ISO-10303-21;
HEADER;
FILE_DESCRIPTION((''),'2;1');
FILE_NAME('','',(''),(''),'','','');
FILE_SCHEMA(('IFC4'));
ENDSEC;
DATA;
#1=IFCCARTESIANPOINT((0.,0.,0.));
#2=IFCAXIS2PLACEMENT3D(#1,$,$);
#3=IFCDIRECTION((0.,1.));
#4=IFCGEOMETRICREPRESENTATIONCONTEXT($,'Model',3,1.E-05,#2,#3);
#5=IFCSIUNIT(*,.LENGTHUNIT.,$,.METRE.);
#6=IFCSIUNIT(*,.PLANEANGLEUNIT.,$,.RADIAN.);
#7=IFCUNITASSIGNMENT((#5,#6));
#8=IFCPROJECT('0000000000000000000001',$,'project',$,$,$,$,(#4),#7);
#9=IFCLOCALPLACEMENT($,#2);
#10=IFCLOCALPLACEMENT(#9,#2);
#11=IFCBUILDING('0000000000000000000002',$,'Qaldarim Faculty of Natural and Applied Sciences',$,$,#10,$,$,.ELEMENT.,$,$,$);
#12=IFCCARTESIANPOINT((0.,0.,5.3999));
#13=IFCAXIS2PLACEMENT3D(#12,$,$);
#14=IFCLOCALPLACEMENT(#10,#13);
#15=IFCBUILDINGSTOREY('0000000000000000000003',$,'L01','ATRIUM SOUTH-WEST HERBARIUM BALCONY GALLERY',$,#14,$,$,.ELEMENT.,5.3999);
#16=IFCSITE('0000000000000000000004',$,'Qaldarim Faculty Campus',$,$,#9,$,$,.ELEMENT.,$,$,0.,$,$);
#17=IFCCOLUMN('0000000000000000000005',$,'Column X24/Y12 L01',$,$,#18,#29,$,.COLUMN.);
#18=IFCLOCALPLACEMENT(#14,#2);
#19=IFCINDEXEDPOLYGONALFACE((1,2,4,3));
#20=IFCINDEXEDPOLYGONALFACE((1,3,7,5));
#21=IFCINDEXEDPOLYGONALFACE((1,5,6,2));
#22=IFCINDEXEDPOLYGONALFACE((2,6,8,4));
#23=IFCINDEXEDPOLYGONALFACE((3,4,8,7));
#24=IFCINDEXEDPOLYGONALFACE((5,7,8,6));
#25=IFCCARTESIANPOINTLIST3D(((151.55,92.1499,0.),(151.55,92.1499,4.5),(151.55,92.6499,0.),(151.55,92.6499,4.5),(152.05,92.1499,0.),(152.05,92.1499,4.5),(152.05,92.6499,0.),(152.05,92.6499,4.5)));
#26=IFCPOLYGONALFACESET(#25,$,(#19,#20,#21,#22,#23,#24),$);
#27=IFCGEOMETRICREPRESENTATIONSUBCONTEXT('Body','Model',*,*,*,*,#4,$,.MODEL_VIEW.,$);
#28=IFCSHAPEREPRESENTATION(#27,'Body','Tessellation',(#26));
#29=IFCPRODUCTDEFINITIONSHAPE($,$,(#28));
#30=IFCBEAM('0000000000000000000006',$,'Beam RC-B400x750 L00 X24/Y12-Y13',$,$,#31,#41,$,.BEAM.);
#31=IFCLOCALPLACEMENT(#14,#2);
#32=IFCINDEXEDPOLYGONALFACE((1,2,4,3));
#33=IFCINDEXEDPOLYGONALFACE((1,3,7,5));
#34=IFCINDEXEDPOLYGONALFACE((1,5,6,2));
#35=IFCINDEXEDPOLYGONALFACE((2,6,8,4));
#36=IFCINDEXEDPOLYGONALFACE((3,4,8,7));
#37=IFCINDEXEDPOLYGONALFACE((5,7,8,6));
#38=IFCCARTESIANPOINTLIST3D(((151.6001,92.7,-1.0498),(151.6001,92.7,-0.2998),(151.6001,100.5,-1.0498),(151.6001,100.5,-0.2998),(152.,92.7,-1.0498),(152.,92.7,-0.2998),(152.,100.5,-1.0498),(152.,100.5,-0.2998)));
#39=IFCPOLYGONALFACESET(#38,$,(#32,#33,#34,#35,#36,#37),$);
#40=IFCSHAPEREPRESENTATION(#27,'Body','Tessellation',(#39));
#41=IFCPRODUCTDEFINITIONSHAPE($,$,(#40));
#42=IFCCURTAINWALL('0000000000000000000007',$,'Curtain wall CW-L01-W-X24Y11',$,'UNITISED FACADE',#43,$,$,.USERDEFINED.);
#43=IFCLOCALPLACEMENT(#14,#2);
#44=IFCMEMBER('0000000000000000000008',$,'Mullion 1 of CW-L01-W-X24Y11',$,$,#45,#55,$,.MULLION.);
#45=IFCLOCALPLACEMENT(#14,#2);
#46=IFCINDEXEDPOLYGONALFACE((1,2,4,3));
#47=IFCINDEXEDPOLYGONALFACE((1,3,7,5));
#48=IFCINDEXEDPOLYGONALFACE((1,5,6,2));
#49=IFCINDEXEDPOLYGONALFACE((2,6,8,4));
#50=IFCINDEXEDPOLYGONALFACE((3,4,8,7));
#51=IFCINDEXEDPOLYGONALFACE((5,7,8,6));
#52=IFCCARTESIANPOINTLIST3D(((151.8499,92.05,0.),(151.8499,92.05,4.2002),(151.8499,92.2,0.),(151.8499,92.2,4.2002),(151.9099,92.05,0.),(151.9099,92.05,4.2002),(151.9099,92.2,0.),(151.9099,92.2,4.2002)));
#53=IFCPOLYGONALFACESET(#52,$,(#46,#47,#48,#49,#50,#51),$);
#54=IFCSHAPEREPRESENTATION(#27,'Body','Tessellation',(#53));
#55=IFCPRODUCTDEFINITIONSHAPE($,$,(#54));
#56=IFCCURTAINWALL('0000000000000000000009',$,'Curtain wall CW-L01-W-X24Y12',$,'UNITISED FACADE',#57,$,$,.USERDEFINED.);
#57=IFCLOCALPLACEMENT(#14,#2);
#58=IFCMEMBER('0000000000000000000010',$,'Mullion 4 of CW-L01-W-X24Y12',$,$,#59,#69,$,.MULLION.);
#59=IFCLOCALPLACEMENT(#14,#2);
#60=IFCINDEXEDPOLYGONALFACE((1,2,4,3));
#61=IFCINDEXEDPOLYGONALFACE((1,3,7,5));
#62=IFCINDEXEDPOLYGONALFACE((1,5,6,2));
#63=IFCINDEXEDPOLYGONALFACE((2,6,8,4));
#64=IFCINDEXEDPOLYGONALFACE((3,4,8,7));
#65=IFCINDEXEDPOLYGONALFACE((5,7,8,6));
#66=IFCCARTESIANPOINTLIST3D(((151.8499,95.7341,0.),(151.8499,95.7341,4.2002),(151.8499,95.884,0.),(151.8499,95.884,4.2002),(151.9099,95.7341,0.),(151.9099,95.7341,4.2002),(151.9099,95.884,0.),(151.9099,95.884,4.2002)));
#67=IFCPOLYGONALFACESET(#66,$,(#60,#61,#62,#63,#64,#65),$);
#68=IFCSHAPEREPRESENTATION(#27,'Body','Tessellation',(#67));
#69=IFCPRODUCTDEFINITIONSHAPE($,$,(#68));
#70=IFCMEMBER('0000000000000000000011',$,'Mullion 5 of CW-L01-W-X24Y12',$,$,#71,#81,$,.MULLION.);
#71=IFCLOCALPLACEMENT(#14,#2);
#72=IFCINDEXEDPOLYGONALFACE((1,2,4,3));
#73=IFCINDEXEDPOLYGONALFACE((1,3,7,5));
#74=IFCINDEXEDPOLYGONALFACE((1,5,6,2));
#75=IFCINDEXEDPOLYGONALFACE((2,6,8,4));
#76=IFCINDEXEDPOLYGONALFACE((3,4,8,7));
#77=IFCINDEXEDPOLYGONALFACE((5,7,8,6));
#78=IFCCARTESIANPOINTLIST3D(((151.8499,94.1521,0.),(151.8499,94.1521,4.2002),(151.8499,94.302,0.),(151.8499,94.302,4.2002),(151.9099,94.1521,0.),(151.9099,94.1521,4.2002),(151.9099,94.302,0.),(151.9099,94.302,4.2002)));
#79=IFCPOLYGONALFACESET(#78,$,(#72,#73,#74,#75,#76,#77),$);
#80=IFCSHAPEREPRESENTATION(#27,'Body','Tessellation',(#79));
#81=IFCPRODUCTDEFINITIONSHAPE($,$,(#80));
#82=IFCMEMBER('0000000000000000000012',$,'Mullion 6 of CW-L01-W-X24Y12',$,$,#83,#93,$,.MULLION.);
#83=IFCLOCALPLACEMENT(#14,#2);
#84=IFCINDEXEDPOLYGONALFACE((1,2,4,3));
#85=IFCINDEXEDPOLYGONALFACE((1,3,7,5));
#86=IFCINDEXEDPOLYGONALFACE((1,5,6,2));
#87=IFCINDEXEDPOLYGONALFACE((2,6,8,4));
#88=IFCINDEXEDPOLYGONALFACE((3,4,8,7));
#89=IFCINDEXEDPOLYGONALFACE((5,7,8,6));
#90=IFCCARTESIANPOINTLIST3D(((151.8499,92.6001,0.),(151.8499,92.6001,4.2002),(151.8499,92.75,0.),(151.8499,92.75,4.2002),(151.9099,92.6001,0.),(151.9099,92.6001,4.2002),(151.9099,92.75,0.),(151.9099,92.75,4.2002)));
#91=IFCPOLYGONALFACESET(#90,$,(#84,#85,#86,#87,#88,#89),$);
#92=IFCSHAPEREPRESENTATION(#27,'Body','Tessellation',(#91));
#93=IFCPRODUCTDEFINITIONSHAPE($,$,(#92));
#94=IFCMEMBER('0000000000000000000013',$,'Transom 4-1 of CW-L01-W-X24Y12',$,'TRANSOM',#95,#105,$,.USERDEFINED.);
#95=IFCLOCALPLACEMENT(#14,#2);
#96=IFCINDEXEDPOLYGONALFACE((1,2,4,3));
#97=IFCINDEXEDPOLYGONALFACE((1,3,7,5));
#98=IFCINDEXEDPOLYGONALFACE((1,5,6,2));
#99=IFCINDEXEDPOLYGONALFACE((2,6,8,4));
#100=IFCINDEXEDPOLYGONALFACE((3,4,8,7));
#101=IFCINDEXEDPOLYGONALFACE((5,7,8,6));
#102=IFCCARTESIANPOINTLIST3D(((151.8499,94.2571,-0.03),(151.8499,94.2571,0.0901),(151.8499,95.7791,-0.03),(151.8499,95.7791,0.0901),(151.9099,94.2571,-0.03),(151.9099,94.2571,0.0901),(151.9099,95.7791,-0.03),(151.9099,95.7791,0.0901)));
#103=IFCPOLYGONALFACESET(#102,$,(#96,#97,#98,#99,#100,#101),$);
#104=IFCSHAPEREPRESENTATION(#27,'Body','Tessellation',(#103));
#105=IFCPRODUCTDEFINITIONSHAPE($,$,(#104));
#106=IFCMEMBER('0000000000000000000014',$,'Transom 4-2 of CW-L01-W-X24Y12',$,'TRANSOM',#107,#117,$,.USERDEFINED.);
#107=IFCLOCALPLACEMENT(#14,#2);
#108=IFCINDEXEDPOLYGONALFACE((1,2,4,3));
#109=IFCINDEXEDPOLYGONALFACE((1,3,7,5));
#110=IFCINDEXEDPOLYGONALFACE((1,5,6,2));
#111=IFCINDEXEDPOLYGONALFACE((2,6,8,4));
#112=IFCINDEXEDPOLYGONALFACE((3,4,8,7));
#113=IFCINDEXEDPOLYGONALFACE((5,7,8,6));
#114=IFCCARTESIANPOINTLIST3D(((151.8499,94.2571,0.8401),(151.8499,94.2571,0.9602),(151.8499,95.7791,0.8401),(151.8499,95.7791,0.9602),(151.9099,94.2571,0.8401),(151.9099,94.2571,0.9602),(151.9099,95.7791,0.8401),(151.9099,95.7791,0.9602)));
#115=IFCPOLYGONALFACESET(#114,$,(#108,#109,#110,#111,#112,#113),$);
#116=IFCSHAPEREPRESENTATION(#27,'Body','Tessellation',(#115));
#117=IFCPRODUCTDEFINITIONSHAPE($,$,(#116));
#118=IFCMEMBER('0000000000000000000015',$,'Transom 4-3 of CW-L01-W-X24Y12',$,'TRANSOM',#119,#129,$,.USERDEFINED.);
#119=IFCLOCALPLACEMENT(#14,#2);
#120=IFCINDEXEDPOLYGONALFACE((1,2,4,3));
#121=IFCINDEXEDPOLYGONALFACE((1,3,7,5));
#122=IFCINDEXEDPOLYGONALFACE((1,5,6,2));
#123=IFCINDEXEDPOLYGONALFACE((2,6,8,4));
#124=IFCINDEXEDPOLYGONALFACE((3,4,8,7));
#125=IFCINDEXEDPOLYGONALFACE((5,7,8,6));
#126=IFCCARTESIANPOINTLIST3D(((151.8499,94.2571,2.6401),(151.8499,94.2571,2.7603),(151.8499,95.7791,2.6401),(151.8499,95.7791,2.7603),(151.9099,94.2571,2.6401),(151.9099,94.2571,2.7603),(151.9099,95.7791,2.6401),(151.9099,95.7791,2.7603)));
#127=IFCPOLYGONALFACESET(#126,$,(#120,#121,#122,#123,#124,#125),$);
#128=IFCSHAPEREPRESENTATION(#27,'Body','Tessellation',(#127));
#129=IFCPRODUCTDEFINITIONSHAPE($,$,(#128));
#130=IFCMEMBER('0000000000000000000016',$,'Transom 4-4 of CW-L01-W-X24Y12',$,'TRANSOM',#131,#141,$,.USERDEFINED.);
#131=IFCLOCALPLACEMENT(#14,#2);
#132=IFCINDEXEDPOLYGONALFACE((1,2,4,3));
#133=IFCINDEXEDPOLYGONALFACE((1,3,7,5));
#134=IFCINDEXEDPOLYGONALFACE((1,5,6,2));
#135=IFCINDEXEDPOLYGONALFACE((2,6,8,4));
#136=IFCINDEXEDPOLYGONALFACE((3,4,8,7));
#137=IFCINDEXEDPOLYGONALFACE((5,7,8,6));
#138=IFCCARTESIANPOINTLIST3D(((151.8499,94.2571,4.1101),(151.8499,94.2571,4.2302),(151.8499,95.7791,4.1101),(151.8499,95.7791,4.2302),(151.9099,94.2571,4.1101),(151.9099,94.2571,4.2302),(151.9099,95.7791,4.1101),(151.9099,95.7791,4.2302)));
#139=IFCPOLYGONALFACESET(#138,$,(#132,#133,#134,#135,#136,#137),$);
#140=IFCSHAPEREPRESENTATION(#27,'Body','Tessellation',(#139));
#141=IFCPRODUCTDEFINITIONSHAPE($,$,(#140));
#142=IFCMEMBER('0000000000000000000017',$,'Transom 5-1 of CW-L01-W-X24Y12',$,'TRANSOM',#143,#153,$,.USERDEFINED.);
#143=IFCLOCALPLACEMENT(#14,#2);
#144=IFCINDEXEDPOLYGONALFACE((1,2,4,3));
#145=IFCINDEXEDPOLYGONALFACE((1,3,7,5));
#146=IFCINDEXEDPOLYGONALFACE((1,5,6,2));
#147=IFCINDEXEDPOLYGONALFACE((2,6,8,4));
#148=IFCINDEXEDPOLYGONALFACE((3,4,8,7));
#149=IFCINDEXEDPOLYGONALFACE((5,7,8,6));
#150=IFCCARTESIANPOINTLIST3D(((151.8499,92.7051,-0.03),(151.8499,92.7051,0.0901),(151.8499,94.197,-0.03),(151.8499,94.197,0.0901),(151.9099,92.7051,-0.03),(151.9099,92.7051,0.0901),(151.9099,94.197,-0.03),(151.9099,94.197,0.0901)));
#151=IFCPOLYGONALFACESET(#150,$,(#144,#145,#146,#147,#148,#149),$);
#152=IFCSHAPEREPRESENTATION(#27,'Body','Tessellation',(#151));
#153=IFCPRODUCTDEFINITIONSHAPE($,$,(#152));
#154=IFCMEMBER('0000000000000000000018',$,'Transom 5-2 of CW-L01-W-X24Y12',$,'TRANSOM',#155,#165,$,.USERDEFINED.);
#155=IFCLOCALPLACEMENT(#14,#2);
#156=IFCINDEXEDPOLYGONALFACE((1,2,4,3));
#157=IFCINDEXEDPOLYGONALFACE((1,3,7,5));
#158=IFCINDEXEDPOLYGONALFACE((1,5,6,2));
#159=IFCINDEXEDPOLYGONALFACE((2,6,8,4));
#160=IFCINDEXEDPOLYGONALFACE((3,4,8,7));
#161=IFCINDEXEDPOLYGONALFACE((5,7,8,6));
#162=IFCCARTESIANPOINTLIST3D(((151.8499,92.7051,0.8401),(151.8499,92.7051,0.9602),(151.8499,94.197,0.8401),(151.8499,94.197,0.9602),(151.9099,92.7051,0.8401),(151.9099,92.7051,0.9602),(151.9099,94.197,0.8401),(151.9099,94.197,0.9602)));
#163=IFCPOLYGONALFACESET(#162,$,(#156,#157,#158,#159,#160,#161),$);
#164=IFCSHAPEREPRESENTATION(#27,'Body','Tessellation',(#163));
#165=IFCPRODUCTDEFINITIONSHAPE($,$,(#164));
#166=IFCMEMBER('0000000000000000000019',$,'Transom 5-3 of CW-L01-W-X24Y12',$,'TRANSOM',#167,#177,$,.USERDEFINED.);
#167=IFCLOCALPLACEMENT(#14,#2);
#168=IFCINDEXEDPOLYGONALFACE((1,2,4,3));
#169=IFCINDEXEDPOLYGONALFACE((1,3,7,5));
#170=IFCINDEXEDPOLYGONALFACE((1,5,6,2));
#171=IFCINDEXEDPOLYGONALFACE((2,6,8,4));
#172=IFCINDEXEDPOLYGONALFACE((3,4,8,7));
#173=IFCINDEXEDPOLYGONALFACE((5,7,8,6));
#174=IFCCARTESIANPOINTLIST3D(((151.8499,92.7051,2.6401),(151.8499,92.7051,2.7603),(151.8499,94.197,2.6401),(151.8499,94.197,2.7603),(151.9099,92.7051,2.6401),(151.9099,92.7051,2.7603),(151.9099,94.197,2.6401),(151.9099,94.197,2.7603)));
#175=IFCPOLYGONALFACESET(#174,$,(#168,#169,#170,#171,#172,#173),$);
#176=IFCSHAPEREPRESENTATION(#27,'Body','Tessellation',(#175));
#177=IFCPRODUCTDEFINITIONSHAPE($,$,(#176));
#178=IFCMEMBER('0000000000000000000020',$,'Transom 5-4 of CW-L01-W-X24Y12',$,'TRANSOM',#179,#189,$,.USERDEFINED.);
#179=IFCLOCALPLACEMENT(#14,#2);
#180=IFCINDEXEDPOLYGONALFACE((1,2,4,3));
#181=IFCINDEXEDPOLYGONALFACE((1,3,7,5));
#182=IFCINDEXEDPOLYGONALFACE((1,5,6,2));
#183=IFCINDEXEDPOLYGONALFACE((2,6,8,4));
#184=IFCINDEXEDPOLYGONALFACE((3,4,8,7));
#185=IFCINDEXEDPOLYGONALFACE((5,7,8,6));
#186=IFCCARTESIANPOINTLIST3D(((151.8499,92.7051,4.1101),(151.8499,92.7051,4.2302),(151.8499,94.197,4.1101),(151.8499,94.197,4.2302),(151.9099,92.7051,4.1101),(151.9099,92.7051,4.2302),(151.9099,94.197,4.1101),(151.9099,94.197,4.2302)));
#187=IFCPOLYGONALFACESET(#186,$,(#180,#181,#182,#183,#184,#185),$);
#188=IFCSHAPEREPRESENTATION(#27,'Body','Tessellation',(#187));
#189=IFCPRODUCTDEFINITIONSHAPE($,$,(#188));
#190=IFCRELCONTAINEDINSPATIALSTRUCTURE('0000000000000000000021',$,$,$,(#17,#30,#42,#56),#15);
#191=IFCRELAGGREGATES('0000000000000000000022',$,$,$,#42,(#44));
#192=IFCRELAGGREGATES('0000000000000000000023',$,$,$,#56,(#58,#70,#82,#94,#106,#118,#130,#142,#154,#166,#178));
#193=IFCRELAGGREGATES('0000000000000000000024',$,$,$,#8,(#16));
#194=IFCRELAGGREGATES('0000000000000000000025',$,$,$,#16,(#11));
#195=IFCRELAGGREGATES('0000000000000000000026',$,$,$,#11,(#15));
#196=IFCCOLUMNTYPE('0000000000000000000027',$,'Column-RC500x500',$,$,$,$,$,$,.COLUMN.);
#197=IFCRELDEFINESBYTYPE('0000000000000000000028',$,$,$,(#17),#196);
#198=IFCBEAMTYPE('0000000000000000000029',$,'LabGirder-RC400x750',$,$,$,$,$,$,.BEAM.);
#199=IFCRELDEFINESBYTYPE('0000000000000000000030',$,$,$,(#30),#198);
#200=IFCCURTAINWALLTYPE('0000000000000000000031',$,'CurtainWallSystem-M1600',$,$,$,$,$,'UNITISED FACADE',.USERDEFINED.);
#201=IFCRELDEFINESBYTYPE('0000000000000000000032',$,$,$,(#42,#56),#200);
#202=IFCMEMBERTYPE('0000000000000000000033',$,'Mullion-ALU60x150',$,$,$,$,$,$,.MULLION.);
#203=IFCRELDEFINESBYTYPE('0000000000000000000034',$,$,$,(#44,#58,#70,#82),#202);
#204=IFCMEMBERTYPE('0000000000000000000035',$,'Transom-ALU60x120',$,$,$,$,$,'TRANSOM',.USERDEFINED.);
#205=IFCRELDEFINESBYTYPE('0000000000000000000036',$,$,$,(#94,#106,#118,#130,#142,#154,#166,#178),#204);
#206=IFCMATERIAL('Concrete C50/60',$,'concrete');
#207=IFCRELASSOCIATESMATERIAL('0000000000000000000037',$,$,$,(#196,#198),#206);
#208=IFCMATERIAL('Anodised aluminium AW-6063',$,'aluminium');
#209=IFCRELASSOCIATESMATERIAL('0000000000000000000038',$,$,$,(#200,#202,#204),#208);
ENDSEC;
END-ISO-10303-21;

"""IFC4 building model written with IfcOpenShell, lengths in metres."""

from ifc_helpers import new_model, si_unit, direction, frame, origin, origin_2d, place, context, subcontext, project, spatial, rectangle, extrude, material, material_profile, profile_set, type_object, element, aggregate, save


model = new_model("IFC4")

# Units and contexts
model_context = context("Model", 3, precision=1e-05, world=origin(), true_north=direction((0.0, 1.0)))
body_context = subcontext(model_context, "Body", "Model", "MODEL_VIEW")
ifc_project = project(units=[si_unit("LENGTHUNIT", "METRE"), si_unit("PLANEANGLEUNIT", "RADIAN")], contexts=[model_context])

# Site, building, storey
site_placement = place(None, origin())
site = spatial("IfcSite", under=ifc_project, at=site_placement, Name="Qaldarim Faculty Campus", CompositionType="ELEMENT", RefElevation=0.0)
building_placement = place(site_placement, origin())
building = spatial("IfcBuilding", under=site, at=building_placement, Name="Qaldarim Faculty of Natural and Applied Sciences", CompositionType="ELEMENT")
storey_placement = place(building_placement, frame((0.0, 0.0, 5.3999)))
storey = spatial("IfcBuildingStorey", under=building, at=storey_placement, Name="L01", Description="ATRIUM SOUTH-WEST HERBARIUM BALCONY GALLERY", CompositionType="ELEMENT", Elevation=5.3999)

# Column
ifc_material_1 = material(Name="Concrete C50/60", Category="concrete")
ifc_material_profile_1 = material_profile(ifc_material_1, rectangle(XDim=0.5, YDim=0.5, at=origin_2d()), Name="RC-C500x500")
ifc_profile_set_1 = profile_set([ifc_material_profile_1], Name="Concrete C50/60")
column_type = type_object("IfcColumnType", Name="Column-RC500x500", PredefinedType="COLUMN", material=ifc_profile_set_1)
column_placement = place(storey_placement, frame((151.8, 92.3999, 0.0), z_axis=(0.0, 0.0, 1.0), x_axis=(1.0, 0.0, 0.0)))
element("IfcColumn", 1, at=column_placement, inside=storey, type_object=column_type, Name="Column X24/Y12 L01", PredefinedType="COLUMN", context=body_context, shape_type="SweptSolid", body=[
    extrude(rectangle(XDim=0.5, YDim=0.5, at=origin_2d()), origin(), (0.0, 0.0, 1.0), 4.5),
])

# Beam
ifc_material_profile_2 = material_profile(ifc_material_1, rectangle(XDim=0.3999, YDim=0.75, at=origin_2d()), Name="RC-B400x750")
ifc_profile_set_2 = profile_set([ifc_material_profile_2], Name="Concrete C50/60")
beam_type = type_object("IfcBeamType", Name="LabGirder-RC400x750", PredefinedType="BEAM", material=ifc_profile_set_2)
beam_placement = place(storey_placement, frame((151.8, 92.7, -0.6748), z_axis=(0.0, 1.0, 0.0), x_axis=(-1.0, 0.0, 0.0)))
element("IfcBeam", 2, at=beam_placement, inside=storey, type_object=beam_type, Name="Beam RC-B400x750 L00 X24/Y12-Y13", PredefinedType="BEAM", context=body_context, shape_type="SweptSolid", body=[
    extrude(rectangle(XDim=0.3999, YDim=0.75, at=origin_2d()), origin(), (0.0, 0.0, 1.0), 7.8),
])

# Curtain wall, member
ifc_material_2 = material(Name="Anodised aluminium AW-6063", Category="aluminium")
curtain_wall_type = type_object("IfcCurtainWallType", Name="CurtainWallSystem-M1600", ElementType="UNITISED FACADE", PredefinedType="USERDEFINED", material=ifc_material_2)
curtain_wall_1_placement = place(storey_placement, origin())
curtain_wall_1 = element("IfcCurtainWall", 3, at=curtain_wall_1_placement, inside=storey, type_object=curtain_wall_type, Name="Curtain wall CW-L01-W-X24Y11", ObjectType="UNITISED FACADE", PredefinedType="USERDEFINED")
ifc_material_profile_3 = material_profile(ifc_material_2, rectangle(XDim=0.0601, YDim=0.1499, at=origin_2d()), Name="ALU-M60x150")
ifc_profile_set_3 = profile_set([ifc_material_profile_3], Name="Anodised aluminium AW-6063")
member_type_1 = type_object("IfcMemberType", Name="Mullion-ALU60x150", PredefinedType="MULLION", material=ifc_profile_set_3)
member_1_placement = place(storey_placement, frame((151.8799, 92.125, 0.0), z_axis=(0.0, 0.0, 1.0), x_axis=(1.0, 0.0, 0.0)))
member_1 = element("IfcMember", 4, at=member_1_placement, type_object=member_type_1, Name="Mullion 1 of CW-L01-W-X24Y11", PredefinedType="MULLION", context=body_context, shape_type="SweptSolid", body=[
    extrude(rectangle(XDim=0.0601, YDim=0.1499, at=origin_2d()), origin(), (0.0, 0.0, 1.0), 4.2002),
])
aggregate(curtain_wall_1, [member_1])

# Curtain wall, members
curtain_wall_2_placement = place(storey_placement, origin())
curtain_wall_2 = element("IfcCurtainWall", 5, at=curtain_wall_2_placement, inside=storey, type_object=curtain_wall_type, Name="Curtain wall CW-L01-W-X24Y12", ObjectType="UNITISED FACADE", PredefinedType="USERDEFINED")
member_2_placement = place(storey_placement, frame((151.8799, 95.8091, 0.0), z_axis=(0.0, 0.0, 1.0), x_axis=(1.0, 0.0, 0.0)))
member_2 = element("IfcMember", 6, at=member_2_placement, type_object=member_type_1, Name="Mullion 4 of CW-L01-W-X24Y12", PredefinedType="MULLION", context=body_context, shape_type="SweptSolid", body=[
    extrude(rectangle(XDim=0.0601, YDim=0.1499, at=origin_2d()), origin(), (0.0, 0.0, 1.0), 4.2002),
])
member_3_placement = place(storey_placement, frame((151.8799, 94.2271, 0.0), z_axis=(0.0, 0.0, 1.0), x_axis=(1.0, 0.0, 0.0)))
member_3 = element("IfcMember", 7, at=member_3_placement, type_object=member_type_1, Name="Mullion 5 of CW-L01-W-X24Y12", PredefinedType="MULLION", context=body_context, shape_type="SweptSolid", body=[
    extrude(rectangle(XDim=0.0601, YDim=0.1499, at=origin_2d()), origin(), (0.0, 0.0, 1.0), 4.2002),
])
member_4_placement = place(storey_placement, frame((151.8799, 92.675, 0.0), z_axis=(0.0, 0.0, 1.0), x_axis=(1.0, 0.0, 0.0)))
member_4 = element("IfcMember", 8, at=member_4_placement, type_object=member_type_1, Name="Mullion 6 of CW-L01-W-X24Y12", PredefinedType="MULLION", context=body_context, shape_type="SweptSolid", body=[
    extrude(rectangle(XDim=0.0601, YDim=0.1499, at=origin_2d()), origin(), (0.0, 0.0, 1.0), 4.2002),
])
ifc_material_profile_4 = material_profile(ifc_material_2, rectangle(XDim=0.0601, YDim=0.1201, at=origin_2d()), Name="ALU-T60x120")
ifc_profile_set_4 = profile_set([ifc_material_profile_4], Name="Anodised aluminium AW-6063")
member_type_2 = type_object("IfcMemberType", Name="Transom-ALU60x120", ElementType="TRANSOM", PredefinedType="USERDEFINED", material=ifc_profile_set_4)
member_5_placement = place(storey_placement, frame((151.8799, 95.7791, 0.03), z_axis=(0.0, -1.0, 0.0), x_axis=(1.0, 0.0, 0.0)))
member_5 = element("IfcMember", 9, at=member_5_placement, type_object=member_type_2, Name="Transom 4-1 of CW-L01-W-X24Y12", ObjectType="TRANSOM", PredefinedType="USERDEFINED", context=body_context, shape_type="SweptSolid", body=[
    extrude(rectangle(XDim=0.0601, YDim=0.1201, at=origin_2d()), origin(), (0.0, 0.0, 1.0), 1.522),
])
member_6_placement = place(storey_placement, frame((151.8799, 95.7791, 0.9001), z_axis=(0.0, -1.0, 0.0), x_axis=(1.0, 0.0, 0.0)))
member_6 = element("IfcMember", 10, at=member_6_placement, type_object=member_type_2, Name="Transom 4-2 of CW-L01-W-X24Y12", ObjectType="TRANSOM", PredefinedType="USERDEFINED", context=body_context, shape_type="SweptSolid", body=[
    extrude(rectangle(XDim=0.0601, YDim=0.1201, at=origin_2d()), origin(), (0.0, 0.0, 1.0), 1.522),
])
member_7_placement = place(storey_placement, frame((151.8799, 95.7791, 2.7002), z_axis=(0.0, -1.0, 0.0), x_axis=(1.0, 0.0, 0.0)))
member_7 = element("IfcMember", 11, at=member_7_placement, type_object=member_type_2, Name="Transom 4-3 of CW-L01-W-X24Y12", ObjectType="TRANSOM", PredefinedType="USERDEFINED", context=body_context, shape_type="SweptSolid", body=[
    extrude(rectangle(XDim=0.0601, YDim=0.1201, at=origin_2d()), origin(), (0.0, 0.0, 1.0), 1.522),
])
member_8_placement = place(storey_placement, frame((151.8799, 95.7791, 4.1702), z_axis=(0.0, -1.0, 0.0), x_axis=(1.0, 0.0, 0.0)))
member_8 = element("IfcMember", 12, at=member_8_placement, type_object=member_type_2, Name="Transom 4-4 of CW-L01-W-X24Y12", ObjectType="TRANSOM", PredefinedType="USERDEFINED", context=body_context, shape_type="SweptSolid", body=[
    extrude(rectangle(XDim=0.0601, YDim=0.1201, at=origin_2d()), origin(), (0.0, 0.0, 1.0), 1.522),
])
member_9_placement = place(storey_placement, frame((151.8799, 94.197, 0.03), z_axis=(0.0, -1.0, 0.0), x_axis=(1.0, 0.0, 0.0)))
member_9 = element("IfcMember", 13, at=member_9_placement, type_object=member_type_2, Name="Transom 5-1 of CW-L01-W-X24Y12", ObjectType="TRANSOM", PredefinedType="USERDEFINED", context=body_context, shape_type="SweptSolid", body=[
    extrude(rectangle(XDim=0.0601, YDim=0.1201, at=origin_2d()), origin(), (0.0, 0.0, 1.0), 1.4919),
])
member_10_placement = place(storey_placement, frame((151.8799, 94.197, 0.9001), z_axis=(0.0, -1.0, 0.0), x_axis=(1.0, 0.0, 0.0)))
member_10 = element("IfcMember", 14, at=member_10_placement, type_object=member_type_2, Name="Transom 5-2 of CW-L01-W-X24Y12", ObjectType="TRANSOM", PredefinedType="USERDEFINED", context=body_context, shape_type="SweptSolid", body=[
    extrude(rectangle(XDim=0.0601, YDim=0.1201, at=origin_2d()), origin(), (0.0, 0.0, 1.0), 1.4919),
])
member_11_placement = place(storey_placement, frame((151.8799, 94.197, 2.7002), z_axis=(0.0, -1.0, 0.0), x_axis=(1.0, 0.0, 0.0)))
member_11 = element("IfcMember", 15, at=member_11_placement, type_object=member_type_2, Name="Transom 5-3 of CW-L01-W-X24Y12", ObjectType="TRANSOM", PredefinedType="USERDEFINED", context=body_context, shape_type="SweptSolid", body=[
    extrude(rectangle(XDim=0.0601, YDim=0.1201, at=origin_2d()), origin(), (0.0, 0.0, 1.0), 1.4919),
])
member_12_placement = place(storey_placement, frame((151.8799, 94.197, 4.1702), z_axis=(0.0, -1.0, 0.0), x_axis=(1.0, 0.0, 0.0)))
member_12 = element("IfcMember", 16, at=member_12_placement, type_object=member_type_2, Name="Transom 5-4 of CW-L01-W-X24Y12", ObjectType="TRANSOM", PredefinedType="USERDEFINED", context=body_context, shape_type="SweptSolid", body=[
    extrude(rectangle(XDim=0.0601, YDim=0.1201, at=origin_2d()), origin(), (0.0, 0.0, 1.0), 1.4919),
])
aggregate(curtain_wall_2, [member_2, member_3, member_4, member_5, member_6, member_7, member_8, member_9, member_10, member_11, member_12])

save(model, "model.ifc")
